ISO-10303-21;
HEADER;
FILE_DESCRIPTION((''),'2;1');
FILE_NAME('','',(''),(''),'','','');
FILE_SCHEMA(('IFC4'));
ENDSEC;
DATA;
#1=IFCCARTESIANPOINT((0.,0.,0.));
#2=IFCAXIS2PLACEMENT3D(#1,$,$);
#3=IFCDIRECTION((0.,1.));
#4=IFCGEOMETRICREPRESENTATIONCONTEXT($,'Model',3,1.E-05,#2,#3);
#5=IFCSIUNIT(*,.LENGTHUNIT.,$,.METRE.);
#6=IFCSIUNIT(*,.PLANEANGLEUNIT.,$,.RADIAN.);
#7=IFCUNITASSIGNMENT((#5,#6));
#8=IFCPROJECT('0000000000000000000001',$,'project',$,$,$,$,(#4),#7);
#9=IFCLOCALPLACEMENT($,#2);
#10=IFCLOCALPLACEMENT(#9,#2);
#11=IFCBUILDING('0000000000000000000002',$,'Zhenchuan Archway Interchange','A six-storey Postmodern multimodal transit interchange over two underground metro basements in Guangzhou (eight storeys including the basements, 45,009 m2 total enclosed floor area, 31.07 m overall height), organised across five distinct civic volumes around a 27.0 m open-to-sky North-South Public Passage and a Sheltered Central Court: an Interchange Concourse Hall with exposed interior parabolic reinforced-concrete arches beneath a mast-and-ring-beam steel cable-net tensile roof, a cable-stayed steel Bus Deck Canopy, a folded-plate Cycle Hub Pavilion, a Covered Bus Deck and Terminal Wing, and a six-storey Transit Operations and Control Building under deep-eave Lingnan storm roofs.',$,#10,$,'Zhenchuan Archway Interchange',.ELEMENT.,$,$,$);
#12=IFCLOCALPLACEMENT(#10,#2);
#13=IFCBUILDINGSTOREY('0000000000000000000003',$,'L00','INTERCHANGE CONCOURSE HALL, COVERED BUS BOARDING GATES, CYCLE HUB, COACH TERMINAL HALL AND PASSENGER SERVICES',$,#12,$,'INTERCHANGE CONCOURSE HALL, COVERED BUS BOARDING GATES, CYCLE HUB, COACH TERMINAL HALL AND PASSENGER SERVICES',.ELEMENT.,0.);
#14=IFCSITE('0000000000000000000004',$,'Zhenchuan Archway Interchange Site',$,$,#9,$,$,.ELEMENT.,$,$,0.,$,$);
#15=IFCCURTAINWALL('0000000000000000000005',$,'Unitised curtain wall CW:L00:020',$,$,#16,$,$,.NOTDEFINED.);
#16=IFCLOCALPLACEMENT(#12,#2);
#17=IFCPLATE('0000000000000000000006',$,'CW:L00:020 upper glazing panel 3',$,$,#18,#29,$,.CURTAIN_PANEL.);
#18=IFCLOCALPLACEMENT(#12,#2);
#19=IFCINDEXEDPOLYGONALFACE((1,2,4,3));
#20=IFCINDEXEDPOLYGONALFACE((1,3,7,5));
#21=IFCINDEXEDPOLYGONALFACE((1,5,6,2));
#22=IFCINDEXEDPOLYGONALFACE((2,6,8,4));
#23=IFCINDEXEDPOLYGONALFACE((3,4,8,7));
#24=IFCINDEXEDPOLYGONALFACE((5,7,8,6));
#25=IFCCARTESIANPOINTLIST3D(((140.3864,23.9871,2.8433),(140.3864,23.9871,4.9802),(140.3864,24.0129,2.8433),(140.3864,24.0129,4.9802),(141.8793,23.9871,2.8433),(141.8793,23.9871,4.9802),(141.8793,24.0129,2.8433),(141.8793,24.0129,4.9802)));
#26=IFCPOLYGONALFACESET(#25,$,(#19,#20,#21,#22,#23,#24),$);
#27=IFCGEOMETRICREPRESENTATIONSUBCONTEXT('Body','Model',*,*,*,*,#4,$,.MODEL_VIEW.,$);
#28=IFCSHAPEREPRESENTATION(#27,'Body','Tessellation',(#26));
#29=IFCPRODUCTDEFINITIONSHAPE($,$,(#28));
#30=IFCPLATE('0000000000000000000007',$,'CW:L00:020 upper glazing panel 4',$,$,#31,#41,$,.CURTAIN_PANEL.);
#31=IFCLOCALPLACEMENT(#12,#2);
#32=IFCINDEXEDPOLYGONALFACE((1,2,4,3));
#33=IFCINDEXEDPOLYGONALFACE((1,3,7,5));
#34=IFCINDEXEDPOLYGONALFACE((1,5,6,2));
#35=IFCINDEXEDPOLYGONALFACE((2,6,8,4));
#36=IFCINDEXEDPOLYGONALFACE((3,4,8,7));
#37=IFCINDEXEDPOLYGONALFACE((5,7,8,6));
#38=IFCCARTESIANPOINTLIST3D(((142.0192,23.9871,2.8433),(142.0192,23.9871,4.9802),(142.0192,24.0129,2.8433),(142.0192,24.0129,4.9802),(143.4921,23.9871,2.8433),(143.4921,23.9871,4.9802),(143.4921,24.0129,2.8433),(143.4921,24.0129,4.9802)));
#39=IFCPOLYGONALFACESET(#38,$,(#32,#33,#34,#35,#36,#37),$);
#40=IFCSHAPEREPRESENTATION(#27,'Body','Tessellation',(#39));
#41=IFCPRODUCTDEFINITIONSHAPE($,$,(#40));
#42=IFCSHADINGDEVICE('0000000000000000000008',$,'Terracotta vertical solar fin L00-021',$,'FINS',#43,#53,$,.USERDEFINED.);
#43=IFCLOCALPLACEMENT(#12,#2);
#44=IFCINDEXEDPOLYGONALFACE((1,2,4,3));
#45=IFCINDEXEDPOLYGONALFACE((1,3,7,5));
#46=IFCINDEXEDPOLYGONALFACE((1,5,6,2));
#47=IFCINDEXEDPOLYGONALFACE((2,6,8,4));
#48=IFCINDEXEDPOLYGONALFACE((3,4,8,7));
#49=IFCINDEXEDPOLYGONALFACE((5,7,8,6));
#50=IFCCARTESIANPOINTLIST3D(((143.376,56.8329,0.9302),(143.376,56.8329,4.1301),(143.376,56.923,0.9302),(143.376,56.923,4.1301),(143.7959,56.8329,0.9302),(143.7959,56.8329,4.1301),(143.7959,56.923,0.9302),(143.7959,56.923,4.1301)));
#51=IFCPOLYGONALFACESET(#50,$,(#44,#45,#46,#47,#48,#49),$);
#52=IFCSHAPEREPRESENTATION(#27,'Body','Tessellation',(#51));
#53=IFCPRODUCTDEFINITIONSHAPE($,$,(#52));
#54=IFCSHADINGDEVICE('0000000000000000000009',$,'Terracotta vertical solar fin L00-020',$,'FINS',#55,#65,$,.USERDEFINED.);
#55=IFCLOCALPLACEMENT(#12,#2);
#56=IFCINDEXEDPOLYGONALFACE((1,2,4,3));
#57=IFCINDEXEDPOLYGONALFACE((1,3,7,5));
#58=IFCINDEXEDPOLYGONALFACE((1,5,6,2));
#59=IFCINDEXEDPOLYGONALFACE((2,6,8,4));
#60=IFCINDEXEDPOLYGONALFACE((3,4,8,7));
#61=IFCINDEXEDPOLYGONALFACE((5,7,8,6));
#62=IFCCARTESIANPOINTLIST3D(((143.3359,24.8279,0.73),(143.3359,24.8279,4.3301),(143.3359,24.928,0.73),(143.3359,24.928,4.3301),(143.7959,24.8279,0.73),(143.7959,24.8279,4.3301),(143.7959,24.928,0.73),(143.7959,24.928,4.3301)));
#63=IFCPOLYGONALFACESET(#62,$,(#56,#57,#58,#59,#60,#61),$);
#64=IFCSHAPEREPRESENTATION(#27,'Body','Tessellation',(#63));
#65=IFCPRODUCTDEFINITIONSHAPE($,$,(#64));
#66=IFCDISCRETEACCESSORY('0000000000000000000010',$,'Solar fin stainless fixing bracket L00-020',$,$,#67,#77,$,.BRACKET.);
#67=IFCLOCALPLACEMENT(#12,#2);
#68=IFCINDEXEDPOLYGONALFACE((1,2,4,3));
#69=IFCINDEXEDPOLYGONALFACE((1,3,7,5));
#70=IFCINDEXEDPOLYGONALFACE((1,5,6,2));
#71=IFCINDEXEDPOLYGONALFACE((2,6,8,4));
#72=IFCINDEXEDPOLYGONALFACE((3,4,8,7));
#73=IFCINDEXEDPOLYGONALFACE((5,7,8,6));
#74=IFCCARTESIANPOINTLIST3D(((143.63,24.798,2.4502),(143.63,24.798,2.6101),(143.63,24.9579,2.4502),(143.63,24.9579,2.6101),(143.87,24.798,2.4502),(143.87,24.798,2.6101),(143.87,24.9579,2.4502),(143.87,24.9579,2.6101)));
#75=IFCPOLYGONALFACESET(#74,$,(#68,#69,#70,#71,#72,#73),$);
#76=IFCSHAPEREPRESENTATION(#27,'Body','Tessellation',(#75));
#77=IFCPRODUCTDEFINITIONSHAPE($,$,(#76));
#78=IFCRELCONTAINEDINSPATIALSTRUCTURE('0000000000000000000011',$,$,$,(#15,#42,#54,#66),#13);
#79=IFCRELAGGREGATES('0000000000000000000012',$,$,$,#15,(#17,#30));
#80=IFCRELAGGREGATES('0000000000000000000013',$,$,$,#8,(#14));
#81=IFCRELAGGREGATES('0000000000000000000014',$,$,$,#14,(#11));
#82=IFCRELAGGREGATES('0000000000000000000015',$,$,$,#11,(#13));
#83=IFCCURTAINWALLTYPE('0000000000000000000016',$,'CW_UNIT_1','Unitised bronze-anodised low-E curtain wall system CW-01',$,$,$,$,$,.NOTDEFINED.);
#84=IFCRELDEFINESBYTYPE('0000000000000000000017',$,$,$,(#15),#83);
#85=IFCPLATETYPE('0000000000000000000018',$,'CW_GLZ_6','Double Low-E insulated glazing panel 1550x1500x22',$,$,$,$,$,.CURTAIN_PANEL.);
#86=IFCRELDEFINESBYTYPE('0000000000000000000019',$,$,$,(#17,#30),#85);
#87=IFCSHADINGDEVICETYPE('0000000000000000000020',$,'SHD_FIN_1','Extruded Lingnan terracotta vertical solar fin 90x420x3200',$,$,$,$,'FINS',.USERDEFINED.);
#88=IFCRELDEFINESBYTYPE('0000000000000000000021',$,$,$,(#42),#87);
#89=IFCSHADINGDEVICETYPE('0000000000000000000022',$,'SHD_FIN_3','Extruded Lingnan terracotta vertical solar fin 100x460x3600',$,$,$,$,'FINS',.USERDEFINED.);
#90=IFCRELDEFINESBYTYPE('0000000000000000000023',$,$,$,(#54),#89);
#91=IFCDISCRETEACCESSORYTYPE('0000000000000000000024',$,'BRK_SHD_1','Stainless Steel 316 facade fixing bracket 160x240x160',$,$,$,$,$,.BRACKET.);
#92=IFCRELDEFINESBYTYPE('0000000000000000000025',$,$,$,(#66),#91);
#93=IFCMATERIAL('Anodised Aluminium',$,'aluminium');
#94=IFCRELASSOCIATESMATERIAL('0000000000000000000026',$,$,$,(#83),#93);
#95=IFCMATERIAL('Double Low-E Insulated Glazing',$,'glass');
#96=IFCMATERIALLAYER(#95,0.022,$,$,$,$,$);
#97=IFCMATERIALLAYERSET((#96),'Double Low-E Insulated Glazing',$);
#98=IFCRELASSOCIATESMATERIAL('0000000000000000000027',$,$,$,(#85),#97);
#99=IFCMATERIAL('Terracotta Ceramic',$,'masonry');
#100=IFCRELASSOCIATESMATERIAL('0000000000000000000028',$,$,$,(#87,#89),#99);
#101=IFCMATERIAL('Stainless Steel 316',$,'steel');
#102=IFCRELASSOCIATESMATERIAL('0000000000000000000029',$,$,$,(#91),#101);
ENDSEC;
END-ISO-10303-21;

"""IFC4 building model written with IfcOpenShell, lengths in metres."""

from ifc_helpers import new_model, si_unit, direction, frame, origin, origin_2d, place, context, subcontext, project, spatial, rectangle, extrude, material, layer, layer_set, type_object, element, aggregate, save


model = new_model("IFC4")

# Units and contexts
model_context = context("Model", 3, precision=1e-05, world=origin(), true_north=direction((0.0, 1.0)))
body_context = subcontext(model_context, "Body", "Model", "MODEL_VIEW")
ifc_project = project(units=[si_unit("LENGTHUNIT", "METRE"), si_unit("PLANEANGLEUNIT", "RADIAN")], contexts=[model_context])

# Site, building, storey
site_placement = place(None, origin())
site = spatial("IfcSite", under=ifc_project, at=site_placement, Name="Zhenchuan Archway Interchange Site", CompositionType="ELEMENT", RefElevation=0.0)
building_placement = place(site_placement, origin())
building = spatial("IfcBuilding", under=site, at=building_placement, Name="Zhenchuan Archway Interchange", Description="A six-storey Postmodern multimodal transit interchange over two underground metro basements in Guangzhou (eight storeys including the basements, 45,009 m2 total enclosed floor area, 31.07 m overall height), organised across five distinct civic volumes around a 27.0 m open-to-sky North-South Public Passage and a Sheltered Central Court: an Interchange Concourse Hall with exposed interior parabolic reinforced-concrete arches beneath a mast-and-ring-beam steel cable-net tensile roof, a cable-stayed steel Bus Deck Canopy, a folded-plate Cycle Hub Pavilion, a Covered Bus Deck and Terminal Wing, and a six-storey Transit Operations and Control Building under deep-eave Lingnan storm roofs.", LongName="Zhenchuan Archway Interchange", CompositionType="ELEMENT")
storey_placement = place(building_placement, origin())
storey = spatial("IfcBuildingStorey", under=building, at=storey_placement, Name="L00", Description="INTERCHANGE CONCOURSE HALL, COVERED BUS BOARDING GATES, CYCLE HUB, COACH TERMINAL HALL AND PASSENGER SERVICES", LongName="INTERCHANGE CONCOURSE HALL, COVERED BUS BOARDING GATES, CYCLE HUB, COACH TERMINAL HALL AND PASSENGER SERVICES", CompositionType="ELEMENT", Elevation=0.0)

# Curtain wall, plates
ifc_material_1 = material(Name="Anodised Aluminium", Category="aluminium")
curtain_wall_type = type_object("IfcCurtainWallType", Name="CW_UNIT_1", Description="Unitised bronze-anodised low-E curtain wall system CW-01", PredefinedType="NOTDEFINED", material=ifc_material_1)
curtain_wall_placement = place(storey_placement, origin())
curtain_wall = element("IfcCurtainWall", 1, at=curtain_wall_placement, inside=storey, type_object=curtain_wall_type, Name="Unitised curtain wall CW:L00:020", PredefinedType="NOTDEFINED")
ifc_material_2 = material(Name="Double Low-E Insulated Glazing", Category="glass")
ifc_layer_1 = layer(ifc_material_2, 0.022)
ifc_layer_set_1 = layer_set([ifc_layer_1], Name="Double Low-E Insulated Glazing")
plate_type_1 = type_object("IfcPlateType", Name="CW_GLZ_6", Description="Double Low-E insulated glazing panel 1550x1500x22", PredefinedType="CURTAIN_PANEL", material=ifc_layer_set_1)
plate_1_placement = place(storey_placement, frame((141.1328, 24.0, 2.8433), z_axis=(0.0, 0.0, 1.0), x_axis=(1.0, 0.0, 0.0)))
plate_1 = element("IfcPlate", 2, at=plate_1_placement, type_object=plate_type_1, Name="CW:L00:020 upper glazing panel 3", PredefinedType="CURTAIN_PANEL", context=body_context, shape_type="SweptSolid", body=[
    extrude(rectangle(XDim=1.4929, YDim=0.0259, at=origin_2d()), origin(), (0.0, 0.0, 1.0), 2.137),
])
plate_2_placement = place(storey_placement, frame((142.7556, 24.0, 2.8433), z_axis=(0.0, 0.0, 1.0), x_axis=(1.0, 0.0, 0.0)))
plate_2 = element("IfcPlate", 3, at=plate_2_placement, type_object=plate_type_1, Name="CW:L00:020 upper glazing panel 4", PredefinedType="CURTAIN_PANEL", context=body_context, shape_type="SweptSolid", body=[
    extrude(rectangle(XDim=1.4729, YDim=0.0259, at=origin_2d()), origin(), (0.0, 0.0, 1.0), 2.137),
])
aggregate(curtain_wall, [plate_1, plate_2])

# Shading devices
ifc_material_3 = material(Name="Terracotta Ceramic", Category="masonry")
shading_device_type_1 = type_object("IfcShadingDeviceType", Name="SHD_FIN_1", Description="Extruded Lingnan terracotta vertical solar fin 90x420x3200", ElementType="FINS", PredefinedType="USERDEFINED", material=ifc_material_3)
shading_device_1_placement = place(storey_placement, frame((143.5859, 56.8779, 0.9302), z_axis=(0.0, 0.0, 1.0), x_axis=(0.0, 1.0, 0.0)))
element("IfcShadingDevice", 4, at=shading_device_1_placement, inside=storey, type_object=shading_device_type_1, Name="Terracotta vertical solar fin L00-021", ObjectType="FINS", PredefinedType="USERDEFINED", context=body_context, shape_type="SweptSolid", body=[
    extrude(rectangle(XDim=0.0901, YDim=0.4199, at=origin_2d()), origin(), (0.0, 0.0, 1.0), 3.2),
])
shading_device_type_2 = type_object("IfcShadingDeviceType", Name="SHD_FIN_3", Description="Extruded Lingnan terracotta vertical solar fin 100x460x3600", ElementType="FINS", PredefinedType="USERDEFINED", material=ifc_material_3)
shading_device_2_placement = place(storey_placement, frame((143.5659, 24.8779, 0.73), z_axis=(0.0, 0.0, 1.0), x_axis=(0.0, 1.0, 0.0)))
element("IfcShadingDevice", 5, at=shading_device_2_placement, inside=storey, type_object=shading_device_type_2, Name="Terracotta vertical solar fin L00-020", ObjectType="FINS", PredefinedType="USERDEFINED", context=body_context, shape_type="SweptSolid", body=[
    extrude(rectangle(XDim=0.1001, YDim=0.46, at=origin_2d()), origin(), (0.0, 0.0, 1.0), 3.6001),
])

# Discrete accessory
ifc_material_4 = material(Name="Stainless Steel 316", Category="steel")
discrete_accessory_type = type_object("IfcDiscreteAccessoryType", Name="BRK_SHD_1", Description="Stainless Steel 316 facade fixing bracket 160x240x160", PredefinedType="BRACKET", material=ifc_material_4)
discrete_accessory_placement = place(storey_placement, frame((143.75, 24.8779, 2.4502), z_axis=(0.0, 0.0, 1.0), x_axis=(0.0, 1.0, 0.0)))
element("IfcDiscreteAccessory", 6, at=discrete_accessory_placement, inside=storey, type_object=discrete_accessory_type, Name="Solar fin stainless fixing bracket L00-020", PredefinedType="BRACKET", context=body_context, shape_type="SweptSolid", body=[
    extrude(rectangle(XDim=0.1599, YDim=0.24, at=origin_2d()), origin(), (0.0, 0.0, 1.0), 0.1599),
])

save(model, "model.ifc")
